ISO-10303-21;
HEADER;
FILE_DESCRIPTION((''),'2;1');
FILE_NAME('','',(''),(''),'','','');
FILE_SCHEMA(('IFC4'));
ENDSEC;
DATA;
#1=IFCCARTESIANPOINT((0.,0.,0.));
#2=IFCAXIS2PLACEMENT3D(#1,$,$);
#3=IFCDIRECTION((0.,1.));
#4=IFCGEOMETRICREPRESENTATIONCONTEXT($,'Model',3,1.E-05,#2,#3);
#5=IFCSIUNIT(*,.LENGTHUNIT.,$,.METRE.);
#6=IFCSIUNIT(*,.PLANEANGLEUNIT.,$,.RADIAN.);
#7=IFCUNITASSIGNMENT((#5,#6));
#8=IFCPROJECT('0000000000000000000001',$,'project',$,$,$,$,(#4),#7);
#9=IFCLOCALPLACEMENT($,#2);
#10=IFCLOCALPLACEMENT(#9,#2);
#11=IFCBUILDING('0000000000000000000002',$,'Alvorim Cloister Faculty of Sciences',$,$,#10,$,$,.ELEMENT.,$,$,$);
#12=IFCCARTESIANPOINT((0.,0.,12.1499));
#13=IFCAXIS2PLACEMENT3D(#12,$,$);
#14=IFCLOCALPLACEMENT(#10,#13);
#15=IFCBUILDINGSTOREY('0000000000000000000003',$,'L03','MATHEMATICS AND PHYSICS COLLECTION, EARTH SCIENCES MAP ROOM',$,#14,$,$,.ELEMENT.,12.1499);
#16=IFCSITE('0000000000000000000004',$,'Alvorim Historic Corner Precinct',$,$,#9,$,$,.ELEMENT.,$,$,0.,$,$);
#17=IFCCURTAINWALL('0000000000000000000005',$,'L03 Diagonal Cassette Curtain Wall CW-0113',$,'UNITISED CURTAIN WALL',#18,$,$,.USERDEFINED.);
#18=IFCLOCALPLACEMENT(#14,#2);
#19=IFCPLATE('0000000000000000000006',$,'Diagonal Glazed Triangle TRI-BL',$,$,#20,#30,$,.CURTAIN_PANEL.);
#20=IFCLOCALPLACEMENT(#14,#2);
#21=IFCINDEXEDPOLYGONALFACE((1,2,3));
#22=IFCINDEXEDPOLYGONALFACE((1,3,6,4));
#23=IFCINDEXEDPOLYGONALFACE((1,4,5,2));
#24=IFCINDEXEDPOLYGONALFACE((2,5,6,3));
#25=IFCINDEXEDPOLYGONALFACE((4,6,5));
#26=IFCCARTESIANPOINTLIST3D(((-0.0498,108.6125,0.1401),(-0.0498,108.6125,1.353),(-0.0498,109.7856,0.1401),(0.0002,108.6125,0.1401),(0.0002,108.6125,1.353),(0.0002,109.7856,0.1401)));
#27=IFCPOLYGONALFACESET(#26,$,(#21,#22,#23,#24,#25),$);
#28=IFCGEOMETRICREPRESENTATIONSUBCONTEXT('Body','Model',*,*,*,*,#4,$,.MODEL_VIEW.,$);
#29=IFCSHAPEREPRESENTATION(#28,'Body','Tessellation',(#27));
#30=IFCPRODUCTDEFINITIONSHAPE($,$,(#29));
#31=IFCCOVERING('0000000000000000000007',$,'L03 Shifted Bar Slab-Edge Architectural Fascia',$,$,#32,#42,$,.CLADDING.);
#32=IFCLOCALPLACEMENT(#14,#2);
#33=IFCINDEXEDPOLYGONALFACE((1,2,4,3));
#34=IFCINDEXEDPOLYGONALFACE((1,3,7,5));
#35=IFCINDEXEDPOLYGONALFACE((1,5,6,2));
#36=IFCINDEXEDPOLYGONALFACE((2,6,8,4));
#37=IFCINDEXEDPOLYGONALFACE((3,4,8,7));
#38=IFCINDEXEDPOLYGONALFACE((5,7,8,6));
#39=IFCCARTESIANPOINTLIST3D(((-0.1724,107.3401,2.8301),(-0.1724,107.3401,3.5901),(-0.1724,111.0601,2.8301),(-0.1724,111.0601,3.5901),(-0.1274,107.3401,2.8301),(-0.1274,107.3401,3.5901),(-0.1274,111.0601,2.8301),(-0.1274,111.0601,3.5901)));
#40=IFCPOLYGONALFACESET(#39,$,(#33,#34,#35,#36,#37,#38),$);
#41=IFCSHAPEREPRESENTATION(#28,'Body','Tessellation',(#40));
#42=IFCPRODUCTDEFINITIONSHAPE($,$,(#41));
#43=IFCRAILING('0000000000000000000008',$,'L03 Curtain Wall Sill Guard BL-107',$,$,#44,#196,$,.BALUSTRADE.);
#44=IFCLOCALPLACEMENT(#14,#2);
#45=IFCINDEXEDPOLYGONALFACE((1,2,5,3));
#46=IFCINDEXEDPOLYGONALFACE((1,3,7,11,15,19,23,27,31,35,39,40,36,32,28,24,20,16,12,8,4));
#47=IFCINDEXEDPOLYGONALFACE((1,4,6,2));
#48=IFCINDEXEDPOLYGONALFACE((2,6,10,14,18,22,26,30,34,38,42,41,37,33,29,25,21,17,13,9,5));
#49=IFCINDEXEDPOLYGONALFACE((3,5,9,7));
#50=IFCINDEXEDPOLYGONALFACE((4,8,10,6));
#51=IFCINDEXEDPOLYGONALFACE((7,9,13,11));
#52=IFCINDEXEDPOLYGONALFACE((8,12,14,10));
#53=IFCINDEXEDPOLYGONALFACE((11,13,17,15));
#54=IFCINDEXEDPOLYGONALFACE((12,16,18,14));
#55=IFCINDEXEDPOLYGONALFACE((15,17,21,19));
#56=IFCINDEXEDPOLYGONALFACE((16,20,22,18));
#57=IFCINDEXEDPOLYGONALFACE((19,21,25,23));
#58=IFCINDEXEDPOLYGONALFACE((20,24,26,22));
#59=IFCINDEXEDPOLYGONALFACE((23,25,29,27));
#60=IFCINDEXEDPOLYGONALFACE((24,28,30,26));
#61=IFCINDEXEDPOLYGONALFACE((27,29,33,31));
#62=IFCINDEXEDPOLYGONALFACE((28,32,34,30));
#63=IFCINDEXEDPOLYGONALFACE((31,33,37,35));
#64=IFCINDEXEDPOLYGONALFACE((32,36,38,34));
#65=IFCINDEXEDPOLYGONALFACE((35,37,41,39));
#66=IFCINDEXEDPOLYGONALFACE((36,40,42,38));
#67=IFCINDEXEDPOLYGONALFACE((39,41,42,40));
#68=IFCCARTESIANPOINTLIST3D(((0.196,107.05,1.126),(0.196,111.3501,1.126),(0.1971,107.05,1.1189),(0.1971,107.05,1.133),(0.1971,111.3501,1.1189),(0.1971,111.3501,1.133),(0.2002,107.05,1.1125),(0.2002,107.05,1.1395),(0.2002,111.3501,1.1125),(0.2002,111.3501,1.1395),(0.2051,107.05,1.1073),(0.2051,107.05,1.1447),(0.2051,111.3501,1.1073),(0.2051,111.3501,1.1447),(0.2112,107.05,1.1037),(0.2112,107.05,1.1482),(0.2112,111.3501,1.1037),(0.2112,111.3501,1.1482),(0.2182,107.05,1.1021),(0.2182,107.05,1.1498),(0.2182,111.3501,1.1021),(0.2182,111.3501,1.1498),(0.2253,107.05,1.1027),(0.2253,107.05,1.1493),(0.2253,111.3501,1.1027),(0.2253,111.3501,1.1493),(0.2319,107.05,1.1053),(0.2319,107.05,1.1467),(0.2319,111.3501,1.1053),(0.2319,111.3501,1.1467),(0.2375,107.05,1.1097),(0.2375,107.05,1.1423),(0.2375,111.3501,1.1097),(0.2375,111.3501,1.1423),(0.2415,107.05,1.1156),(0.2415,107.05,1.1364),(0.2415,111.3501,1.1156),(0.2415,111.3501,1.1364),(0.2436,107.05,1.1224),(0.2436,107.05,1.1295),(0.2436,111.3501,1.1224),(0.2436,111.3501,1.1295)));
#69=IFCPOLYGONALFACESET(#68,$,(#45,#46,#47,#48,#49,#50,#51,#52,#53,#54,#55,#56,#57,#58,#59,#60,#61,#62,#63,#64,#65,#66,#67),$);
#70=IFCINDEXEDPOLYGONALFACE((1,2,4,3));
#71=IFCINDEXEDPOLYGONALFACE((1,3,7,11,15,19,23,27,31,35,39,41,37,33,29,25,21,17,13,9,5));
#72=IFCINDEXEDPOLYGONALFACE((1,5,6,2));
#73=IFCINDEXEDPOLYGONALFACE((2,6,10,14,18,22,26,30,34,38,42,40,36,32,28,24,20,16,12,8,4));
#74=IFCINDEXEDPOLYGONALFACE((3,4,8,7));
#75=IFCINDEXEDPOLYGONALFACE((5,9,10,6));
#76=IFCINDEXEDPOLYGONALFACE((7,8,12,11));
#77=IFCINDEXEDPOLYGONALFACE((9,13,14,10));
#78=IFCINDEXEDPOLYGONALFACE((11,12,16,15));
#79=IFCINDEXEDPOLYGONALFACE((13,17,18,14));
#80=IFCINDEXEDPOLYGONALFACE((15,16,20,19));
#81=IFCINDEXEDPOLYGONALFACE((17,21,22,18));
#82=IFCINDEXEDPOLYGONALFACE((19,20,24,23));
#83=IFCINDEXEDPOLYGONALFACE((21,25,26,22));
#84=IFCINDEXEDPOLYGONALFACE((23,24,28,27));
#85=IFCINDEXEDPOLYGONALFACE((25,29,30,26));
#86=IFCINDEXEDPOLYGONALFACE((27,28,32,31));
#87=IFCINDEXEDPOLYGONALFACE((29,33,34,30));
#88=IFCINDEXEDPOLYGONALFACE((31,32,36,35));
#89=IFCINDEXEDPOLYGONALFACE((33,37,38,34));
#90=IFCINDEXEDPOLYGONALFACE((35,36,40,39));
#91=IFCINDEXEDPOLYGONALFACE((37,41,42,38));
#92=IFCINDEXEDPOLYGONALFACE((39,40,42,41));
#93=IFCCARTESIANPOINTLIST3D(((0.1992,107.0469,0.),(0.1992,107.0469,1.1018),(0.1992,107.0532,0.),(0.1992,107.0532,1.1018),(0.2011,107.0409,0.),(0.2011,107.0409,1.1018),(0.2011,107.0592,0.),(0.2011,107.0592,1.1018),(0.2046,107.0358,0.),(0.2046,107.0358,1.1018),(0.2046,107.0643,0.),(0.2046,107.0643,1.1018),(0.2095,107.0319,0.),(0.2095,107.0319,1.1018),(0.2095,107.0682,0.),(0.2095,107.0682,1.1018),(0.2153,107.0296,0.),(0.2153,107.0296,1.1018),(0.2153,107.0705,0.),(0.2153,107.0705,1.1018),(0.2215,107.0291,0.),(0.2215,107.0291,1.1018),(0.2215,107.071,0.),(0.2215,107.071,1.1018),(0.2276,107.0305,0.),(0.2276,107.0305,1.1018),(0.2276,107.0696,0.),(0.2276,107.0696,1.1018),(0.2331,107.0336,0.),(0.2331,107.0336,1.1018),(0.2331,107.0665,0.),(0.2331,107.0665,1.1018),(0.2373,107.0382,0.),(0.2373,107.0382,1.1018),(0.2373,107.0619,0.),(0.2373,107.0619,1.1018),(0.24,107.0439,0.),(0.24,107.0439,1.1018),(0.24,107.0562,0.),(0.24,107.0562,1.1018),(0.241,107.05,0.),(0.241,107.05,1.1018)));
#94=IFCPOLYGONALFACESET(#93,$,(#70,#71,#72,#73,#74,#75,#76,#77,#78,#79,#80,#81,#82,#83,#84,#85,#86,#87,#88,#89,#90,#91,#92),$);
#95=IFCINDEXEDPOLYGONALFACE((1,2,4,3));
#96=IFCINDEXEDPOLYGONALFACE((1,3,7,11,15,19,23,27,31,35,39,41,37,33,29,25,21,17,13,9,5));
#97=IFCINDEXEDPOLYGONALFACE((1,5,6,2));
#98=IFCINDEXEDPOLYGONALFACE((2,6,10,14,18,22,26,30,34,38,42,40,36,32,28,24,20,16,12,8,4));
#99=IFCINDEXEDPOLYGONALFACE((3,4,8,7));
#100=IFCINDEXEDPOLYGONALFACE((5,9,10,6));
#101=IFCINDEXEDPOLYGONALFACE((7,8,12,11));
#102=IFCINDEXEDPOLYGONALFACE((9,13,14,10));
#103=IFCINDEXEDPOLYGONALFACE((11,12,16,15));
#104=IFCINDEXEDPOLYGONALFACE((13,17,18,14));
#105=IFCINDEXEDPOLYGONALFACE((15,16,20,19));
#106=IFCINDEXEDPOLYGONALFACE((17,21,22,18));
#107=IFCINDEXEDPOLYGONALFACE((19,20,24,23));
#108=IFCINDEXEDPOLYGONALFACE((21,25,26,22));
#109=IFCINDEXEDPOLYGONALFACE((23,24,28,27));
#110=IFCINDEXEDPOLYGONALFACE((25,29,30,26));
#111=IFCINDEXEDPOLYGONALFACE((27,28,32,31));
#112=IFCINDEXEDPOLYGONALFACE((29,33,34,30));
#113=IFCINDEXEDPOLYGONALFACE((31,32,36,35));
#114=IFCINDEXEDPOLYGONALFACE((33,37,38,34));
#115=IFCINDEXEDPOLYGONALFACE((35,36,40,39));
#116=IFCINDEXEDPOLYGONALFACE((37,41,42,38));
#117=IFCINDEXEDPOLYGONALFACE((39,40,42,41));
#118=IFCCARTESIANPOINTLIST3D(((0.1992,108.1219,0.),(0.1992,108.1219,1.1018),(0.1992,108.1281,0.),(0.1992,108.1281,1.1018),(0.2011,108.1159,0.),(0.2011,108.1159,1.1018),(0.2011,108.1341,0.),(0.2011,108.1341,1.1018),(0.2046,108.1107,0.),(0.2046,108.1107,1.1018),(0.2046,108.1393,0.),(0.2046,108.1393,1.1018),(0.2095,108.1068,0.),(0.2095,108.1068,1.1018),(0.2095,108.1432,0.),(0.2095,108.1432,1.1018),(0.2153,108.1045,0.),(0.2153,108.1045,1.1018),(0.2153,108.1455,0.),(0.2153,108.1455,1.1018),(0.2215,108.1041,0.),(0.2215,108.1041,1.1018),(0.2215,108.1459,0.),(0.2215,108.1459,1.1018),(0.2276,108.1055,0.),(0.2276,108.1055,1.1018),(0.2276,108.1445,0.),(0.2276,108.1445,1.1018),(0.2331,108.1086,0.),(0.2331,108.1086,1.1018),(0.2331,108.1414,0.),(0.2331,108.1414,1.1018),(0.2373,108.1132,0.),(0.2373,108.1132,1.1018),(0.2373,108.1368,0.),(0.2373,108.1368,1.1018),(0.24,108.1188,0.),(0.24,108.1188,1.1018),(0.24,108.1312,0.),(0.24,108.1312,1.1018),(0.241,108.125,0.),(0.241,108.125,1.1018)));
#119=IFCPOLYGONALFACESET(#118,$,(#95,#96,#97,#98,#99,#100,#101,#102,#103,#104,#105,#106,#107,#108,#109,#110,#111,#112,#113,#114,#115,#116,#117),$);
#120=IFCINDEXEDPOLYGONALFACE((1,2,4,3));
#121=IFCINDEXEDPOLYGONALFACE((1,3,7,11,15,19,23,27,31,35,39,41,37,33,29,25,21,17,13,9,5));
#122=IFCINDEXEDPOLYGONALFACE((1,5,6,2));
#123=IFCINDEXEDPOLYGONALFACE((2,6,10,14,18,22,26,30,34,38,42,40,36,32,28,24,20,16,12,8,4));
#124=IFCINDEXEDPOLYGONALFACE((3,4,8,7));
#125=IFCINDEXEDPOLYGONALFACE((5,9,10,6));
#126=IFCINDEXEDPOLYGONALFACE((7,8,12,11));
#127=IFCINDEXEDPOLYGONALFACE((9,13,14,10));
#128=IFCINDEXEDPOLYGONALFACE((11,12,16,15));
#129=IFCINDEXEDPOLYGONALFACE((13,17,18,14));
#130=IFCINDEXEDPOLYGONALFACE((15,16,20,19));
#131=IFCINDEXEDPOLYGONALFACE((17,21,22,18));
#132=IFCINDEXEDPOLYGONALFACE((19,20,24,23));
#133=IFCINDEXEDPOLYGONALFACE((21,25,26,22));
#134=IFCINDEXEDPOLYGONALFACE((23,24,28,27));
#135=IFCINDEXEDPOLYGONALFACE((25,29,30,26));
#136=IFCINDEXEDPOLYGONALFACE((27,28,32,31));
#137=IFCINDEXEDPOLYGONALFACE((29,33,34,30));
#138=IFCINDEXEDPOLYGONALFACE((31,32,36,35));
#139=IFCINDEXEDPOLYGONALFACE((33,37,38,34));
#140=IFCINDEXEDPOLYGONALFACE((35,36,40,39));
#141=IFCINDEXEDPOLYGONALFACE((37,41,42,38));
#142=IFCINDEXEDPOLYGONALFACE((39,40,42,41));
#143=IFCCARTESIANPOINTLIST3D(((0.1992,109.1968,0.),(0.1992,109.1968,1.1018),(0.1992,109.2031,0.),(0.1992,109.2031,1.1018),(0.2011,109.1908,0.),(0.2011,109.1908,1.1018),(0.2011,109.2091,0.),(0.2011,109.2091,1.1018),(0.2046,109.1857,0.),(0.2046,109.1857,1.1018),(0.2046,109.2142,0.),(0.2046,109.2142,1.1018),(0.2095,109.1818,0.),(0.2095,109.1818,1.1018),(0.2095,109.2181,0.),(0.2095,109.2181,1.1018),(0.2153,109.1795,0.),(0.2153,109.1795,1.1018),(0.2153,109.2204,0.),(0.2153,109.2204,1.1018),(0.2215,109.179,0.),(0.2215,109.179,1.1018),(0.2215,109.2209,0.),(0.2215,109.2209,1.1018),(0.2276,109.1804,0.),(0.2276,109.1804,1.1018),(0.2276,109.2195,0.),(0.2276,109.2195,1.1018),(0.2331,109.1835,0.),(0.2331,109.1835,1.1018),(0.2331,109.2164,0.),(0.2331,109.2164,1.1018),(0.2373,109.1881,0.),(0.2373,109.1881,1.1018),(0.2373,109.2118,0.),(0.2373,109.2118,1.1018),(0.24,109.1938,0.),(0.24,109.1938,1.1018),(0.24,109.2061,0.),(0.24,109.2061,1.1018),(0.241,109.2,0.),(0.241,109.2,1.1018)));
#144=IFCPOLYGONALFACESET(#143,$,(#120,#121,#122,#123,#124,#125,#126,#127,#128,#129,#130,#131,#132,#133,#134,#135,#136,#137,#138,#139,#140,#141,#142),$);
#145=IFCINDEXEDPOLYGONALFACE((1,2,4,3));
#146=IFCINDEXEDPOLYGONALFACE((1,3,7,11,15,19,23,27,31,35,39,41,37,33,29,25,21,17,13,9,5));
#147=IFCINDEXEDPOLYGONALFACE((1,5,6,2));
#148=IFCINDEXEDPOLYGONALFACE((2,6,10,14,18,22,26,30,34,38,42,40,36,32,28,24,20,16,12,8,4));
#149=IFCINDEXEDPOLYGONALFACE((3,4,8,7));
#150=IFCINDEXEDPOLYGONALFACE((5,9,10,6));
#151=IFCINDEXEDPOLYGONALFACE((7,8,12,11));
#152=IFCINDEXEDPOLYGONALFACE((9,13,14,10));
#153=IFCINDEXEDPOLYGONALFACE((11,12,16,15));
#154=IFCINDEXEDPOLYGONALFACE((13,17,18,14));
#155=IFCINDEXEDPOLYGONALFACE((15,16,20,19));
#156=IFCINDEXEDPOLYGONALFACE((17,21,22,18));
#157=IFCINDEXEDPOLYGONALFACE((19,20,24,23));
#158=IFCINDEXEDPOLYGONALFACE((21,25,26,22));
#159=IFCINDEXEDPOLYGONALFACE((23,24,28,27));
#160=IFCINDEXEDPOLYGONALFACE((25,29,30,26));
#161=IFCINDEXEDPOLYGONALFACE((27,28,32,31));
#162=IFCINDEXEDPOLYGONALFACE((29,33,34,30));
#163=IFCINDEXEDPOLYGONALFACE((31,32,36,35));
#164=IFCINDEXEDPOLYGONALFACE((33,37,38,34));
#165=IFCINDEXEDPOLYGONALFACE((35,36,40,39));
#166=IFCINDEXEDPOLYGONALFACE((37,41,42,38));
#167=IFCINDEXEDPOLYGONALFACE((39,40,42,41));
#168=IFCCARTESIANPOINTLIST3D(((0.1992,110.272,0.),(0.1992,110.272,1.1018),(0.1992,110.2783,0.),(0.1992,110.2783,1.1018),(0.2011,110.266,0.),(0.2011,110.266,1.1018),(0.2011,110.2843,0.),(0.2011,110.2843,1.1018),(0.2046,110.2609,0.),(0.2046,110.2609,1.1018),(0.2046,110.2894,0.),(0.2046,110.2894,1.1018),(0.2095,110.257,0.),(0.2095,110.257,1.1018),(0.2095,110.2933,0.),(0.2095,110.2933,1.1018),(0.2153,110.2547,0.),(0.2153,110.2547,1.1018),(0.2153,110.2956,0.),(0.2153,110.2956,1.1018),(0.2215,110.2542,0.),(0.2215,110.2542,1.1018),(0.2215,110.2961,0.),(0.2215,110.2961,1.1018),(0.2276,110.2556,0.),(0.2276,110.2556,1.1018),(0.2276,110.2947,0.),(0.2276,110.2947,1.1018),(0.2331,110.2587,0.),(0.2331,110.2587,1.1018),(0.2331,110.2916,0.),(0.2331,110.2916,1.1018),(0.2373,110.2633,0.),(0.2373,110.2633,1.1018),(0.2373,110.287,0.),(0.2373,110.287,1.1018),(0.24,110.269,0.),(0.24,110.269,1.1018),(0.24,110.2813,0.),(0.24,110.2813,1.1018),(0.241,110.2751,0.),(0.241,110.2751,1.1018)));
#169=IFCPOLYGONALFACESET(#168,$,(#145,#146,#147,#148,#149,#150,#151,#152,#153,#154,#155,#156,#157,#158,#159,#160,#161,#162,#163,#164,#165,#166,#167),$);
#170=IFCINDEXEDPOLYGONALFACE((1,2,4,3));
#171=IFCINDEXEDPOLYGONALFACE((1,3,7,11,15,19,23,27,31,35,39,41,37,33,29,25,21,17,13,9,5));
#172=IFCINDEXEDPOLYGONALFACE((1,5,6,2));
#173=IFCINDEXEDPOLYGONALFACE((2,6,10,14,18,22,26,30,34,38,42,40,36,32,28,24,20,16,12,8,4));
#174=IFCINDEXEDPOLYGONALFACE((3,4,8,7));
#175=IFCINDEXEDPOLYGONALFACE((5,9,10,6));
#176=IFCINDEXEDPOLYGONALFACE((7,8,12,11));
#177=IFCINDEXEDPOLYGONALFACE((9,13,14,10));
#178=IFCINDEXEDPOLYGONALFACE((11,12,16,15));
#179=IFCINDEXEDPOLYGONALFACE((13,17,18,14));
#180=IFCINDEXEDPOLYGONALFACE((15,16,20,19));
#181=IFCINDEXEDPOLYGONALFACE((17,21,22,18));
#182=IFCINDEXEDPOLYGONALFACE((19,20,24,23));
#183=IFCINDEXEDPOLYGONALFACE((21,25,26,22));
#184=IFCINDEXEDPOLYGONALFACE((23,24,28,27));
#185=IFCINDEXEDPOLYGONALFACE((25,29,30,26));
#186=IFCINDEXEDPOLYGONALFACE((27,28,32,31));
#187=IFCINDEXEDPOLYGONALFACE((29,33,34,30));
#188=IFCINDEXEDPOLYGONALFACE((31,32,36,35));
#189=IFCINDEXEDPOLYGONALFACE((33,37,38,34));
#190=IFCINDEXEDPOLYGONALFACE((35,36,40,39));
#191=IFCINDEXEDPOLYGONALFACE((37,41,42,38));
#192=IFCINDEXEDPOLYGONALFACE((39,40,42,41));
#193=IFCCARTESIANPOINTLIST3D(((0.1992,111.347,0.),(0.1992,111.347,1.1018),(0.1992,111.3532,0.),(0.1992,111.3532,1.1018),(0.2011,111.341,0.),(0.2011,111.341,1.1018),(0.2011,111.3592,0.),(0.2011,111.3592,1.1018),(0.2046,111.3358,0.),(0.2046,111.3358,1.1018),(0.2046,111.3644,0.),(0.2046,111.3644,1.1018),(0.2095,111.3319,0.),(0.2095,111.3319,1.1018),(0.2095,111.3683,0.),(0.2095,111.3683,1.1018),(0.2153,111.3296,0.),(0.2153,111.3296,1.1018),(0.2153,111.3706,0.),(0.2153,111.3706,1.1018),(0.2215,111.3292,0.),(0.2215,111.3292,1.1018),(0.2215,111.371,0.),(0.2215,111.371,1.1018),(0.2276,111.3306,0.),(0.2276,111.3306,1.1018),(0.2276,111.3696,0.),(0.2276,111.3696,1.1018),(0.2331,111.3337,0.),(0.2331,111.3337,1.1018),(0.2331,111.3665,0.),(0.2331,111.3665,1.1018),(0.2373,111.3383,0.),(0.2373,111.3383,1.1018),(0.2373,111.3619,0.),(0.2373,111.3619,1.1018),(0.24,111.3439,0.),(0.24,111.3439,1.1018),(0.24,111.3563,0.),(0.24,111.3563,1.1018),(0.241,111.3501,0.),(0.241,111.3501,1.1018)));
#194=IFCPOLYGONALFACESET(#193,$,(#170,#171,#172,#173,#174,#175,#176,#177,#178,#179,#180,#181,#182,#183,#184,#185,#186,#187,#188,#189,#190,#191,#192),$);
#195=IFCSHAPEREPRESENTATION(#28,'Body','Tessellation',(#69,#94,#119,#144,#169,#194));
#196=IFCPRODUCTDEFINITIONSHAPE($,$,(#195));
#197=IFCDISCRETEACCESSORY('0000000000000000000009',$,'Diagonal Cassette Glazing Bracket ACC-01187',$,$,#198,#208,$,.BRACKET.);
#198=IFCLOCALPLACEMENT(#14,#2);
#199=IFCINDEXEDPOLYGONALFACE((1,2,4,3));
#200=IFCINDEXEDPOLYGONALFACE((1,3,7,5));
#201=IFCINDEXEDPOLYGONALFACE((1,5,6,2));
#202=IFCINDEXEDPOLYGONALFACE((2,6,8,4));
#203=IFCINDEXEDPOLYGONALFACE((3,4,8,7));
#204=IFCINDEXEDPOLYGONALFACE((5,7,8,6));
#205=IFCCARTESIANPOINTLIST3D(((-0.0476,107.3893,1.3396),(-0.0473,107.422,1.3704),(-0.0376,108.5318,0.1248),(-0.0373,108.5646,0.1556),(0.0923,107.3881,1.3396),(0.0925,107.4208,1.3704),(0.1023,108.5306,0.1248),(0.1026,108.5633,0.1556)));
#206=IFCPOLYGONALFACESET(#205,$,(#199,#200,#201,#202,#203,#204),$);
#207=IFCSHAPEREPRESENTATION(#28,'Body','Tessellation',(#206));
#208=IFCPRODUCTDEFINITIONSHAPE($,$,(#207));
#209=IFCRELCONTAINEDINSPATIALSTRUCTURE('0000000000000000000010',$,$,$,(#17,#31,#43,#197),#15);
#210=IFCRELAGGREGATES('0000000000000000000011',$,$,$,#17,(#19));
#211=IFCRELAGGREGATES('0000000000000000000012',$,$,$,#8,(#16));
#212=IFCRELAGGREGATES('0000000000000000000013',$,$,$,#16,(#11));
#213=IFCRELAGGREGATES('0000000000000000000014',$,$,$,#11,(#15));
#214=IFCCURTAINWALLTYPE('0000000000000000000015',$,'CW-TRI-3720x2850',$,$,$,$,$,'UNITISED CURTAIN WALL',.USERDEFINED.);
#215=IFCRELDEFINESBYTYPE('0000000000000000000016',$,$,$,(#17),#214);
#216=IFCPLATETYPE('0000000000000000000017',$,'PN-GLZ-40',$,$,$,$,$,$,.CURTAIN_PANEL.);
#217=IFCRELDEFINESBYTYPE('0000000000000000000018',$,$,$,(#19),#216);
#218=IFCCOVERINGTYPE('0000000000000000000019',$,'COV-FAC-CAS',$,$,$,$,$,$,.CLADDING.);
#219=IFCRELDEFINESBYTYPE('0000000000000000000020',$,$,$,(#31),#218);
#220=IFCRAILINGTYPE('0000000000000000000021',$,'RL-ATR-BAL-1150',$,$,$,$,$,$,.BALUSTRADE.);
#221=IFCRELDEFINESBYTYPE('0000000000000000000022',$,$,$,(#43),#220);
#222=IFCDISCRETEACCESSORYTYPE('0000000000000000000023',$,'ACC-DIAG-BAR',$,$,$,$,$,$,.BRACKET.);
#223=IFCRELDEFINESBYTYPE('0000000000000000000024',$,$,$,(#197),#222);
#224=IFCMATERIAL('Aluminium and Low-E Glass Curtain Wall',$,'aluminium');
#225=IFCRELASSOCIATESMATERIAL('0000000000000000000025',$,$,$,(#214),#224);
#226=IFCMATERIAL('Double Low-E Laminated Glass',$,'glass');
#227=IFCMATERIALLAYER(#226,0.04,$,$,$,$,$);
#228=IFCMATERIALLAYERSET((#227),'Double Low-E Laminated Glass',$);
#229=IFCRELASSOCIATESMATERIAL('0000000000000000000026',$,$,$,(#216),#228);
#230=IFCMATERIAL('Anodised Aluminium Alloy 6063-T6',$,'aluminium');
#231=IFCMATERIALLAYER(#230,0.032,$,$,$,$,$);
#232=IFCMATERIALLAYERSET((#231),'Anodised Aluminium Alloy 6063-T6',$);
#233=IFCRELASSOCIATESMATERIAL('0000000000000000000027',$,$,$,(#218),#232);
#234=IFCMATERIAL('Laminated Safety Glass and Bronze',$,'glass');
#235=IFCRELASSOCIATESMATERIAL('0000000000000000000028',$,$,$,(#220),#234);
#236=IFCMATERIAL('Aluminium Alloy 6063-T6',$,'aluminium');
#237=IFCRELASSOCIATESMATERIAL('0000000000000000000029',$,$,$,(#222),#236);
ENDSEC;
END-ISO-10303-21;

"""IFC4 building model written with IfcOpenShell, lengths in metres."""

from ifc_helpers import new_model, si_unit, direction, frame, origin, origin_2d, place, context, subcontext, project, spatial, polyline, rectangle, circle, outline, extrude, material, layer, layer_set, type_object, element, aggregate, save


model = new_model("IFC4")

# Units and contexts
model_context = context("Model", 3, precision=1e-05, world=origin(), true_north=direction((0.0, 1.0)))
body_context = subcontext(model_context, "Body", "Model", "MODEL_VIEW")
ifc_project = project(units=[si_unit("LENGTHUNIT", "METRE"), si_unit("PLANEANGLEUNIT", "RADIAN")], contexts=[model_context])

# Site, building, storey
site_placement = place(None, origin())
site = spatial("IfcSite", under=ifc_project, at=site_placement, Name="Alvorim Historic Corner Precinct", CompositionType="ELEMENT", RefElevation=0.0)
building_placement = place(site_placement, origin())
building = spatial("IfcBuilding", under=site, at=building_placement, Name="Alvorim Cloister Faculty of Sciences", CompositionType="ELEMENT")
storey_placement = place(building_placement, frame((0.0, 0.0, 12.1499)))
storey = spatial("IfcBuildingStorey", under=building, at=storey_placement, Name="L03", Description="MATHEMATICS AND PHYSICS COLLECTION, EARTH SCIENCES MAP ROOM", CompositionType="ELEMENT", Elevation=12.1499)

# Shared definitions
ifc_material_1 = material(Name="Aluminium and Low-E Glass Curtain Wall", Category="aluminium")
ifc_material_2 = material(Name="Aluminium Alloy 6063-T6", Category="aluminium")

# Curtain wall, plate
curtain_wall_type_1 = type_object("IfcCurtainWallType", Name="CW-TRI-3720x2850", ElementType="UNITISED CURTAIN WALL", PredefinedType="USERDEFINED", material=ifc_material_1)
curtain_wall_1_placement = place(storey_placement, origin())
curtain_wall_1 = element("IfcCurtainWall", 1, at=curtain_wall_1_placement, inside=storey, type_object=curtain_wall_type_1, Name="L03 Diagonal Cassette Curtain Wall CW-0113", ObjectType="UNITISED CURTAIN WALL", PredefinedType="USERDEFINED")
ifc_material_3 = material(Name="Double Low-E Laminated Glass", Category="glass")
ifc_layer_1 = layer(ifc_material_3, 0.04)
ifc_layer_set_1 = layer_set([ifc_layer_1], Name="Double Low-E Laminated Glass")
plate_type = type_object("IfcPlateType", Name="PN-GLZ-40", PredefinedType="CURTAIN_PANEL", material=ifc_layer_set_1)
plate_1_placement = place(storey_placement, frame((-0.0249, 108.6125, 0.1401), z_axis=(0.0, 0.0, 1.0), x_axis=(0.0, 1.0, 0.0)))
plate_1 = element("IfcPlate", 2, at=plate_1_placement, type_object=plate_type, Name="Diagonal Glazed Triangle TRI-BL", PredefinedType="CURTAIN_PANEL", context=body_context, shape_type="SweptSolid", body=[
    extrude(outline(polyline([(0.0, 0.0), (1.1731, 0.0), (0.0, 1.2129), (0.0, 0.0)])), frame((0.0, 0.0249, 0.0), z_axis=(0.0, -1.0, 0.0), x_axis=(1.0, 0.0, 0.0)), (0.0, 0.0, 1.0), 0.05),
])
aggregate(curtain_wall_1, [plate_1])

# Covering
ifc_material_4 = material(Name="Anodised Aluminium Alloy 6063-T6", Category="aluminium")
ifc_layer_2 = layer(ifc_material_4, 0.032)
ifc_layer_set_2 = layer_set([ifc_layer_2], Name="Anodised Aluminium Alloy 6063-T6")
covering_type = type_object("IfcCoveringType", Name="COV-FAC-CAS", PredefinedType="CLADDING", material=ifc_layer_set_2)
covering_placement = place(storey_placement, frame((-0.1499, 107.3401, 2.8301), z_axis=(0.0, 0.0, 1.0), x_axis=(0.0, 1.0, 0.0)))
element("IfcCovering", 3, at=covering_placement, inside=storey, type_object=covering_type, Name="L03 Shifted Bar Slab-Edge Architectural Fascia", PredefinedType="CLADDING", context=body_context, shape_type="SweptSolid", body=[
    extrude(outline(polyline([(0.0, 0.0), (3.72, 0.0), (3.72, 0.76), (0.0, 0.76), (0.0, 0.0)])), frame((0.0, 0.0225, 0.0), z_axis=(0.0, -1.0, 0.0), x_axis=(1.0, 0.0, 0.0)), (0.0, 0.0, 1.0), 0.0449),
])

# Railing
ifc_material_5 = material(Name="Laminated Safety Glass and Bronze", Category="glass")
railing_type = type_object("IfcRailingType", Name="RL-ATR-BAL-1150", PredefinedType="BALUSTRADE", material=ifc_material_5)
railing_placement = place(storey_placement, frame((0.22, 107.05, 0.0)))
element("IfcRailing", 4, at=railing_placement, inside=storey, type_object=railing_type, Name="L03 Curtain Wall Sill Guard BL-107", PredefinedType="BALUSTRADE", context=body_context, shape_type="SweptSolid", body=[
    extrude(circle(Radius=0.0239, at=origin_2d()), frame((0.0, 0.0, 1.126), z_axis=(0.0, 1.0, 0.0), x_axis=(-1.0, 0.0, 0.0)), (0.0, 0.0, 1.0), 4.3),
    extrude(circle(Radius=0.021, at=origin_2d()), origin(), (0.0, 0.0, 1.0), 1.1018),
    extrude(circle(Radius=0.021, at=origin_2d()), frame((0.0, 1.075, 0.0)), (0.0, 0.0, 1.0), 1.1018),
    extrude(circle(Radius=0.021, at=origin_2d()), frame((0.0, 2.1499, 0.0)), (0.0, 0.0, 1.0), 1.1018),
    extrude(circle(Radius=0.021, at=origin_2d()), frame((0.0, 3.2251, 0.0)), (0.0, 0.0, 1.0), 1.1018),
    extrude(circle(Radius=0.021, at=origin_2d()), frame((0.0, 4.3, 0.0)), (0.0, 0.0, 1.0), 1.1018),
])

# Discrete accessory
discrete_accessory_type = type_object("IfcDiscreteAccessoryType", Name="ACC-DIAG-BAR", PredefinedType="BRACKET", material=ifc_material_2)
discrete_accessory_1_placement = place(storey_placement, frame((0.0225, 107.405, 1.355), z_axis=(0.006002, 0.685097, -0.728427), x_axis=(-0.999962, 0.00876, 0.0)))
element("IfcDiscreteAccessory", 5, at=discrete_accessory_1_placement, inside=storey, type_object=discrete_accessory_type, Name="Diagonal Cassette Glazing Bracket ACC-01187", PredefinedType="BRACKET", context=body_context, shape_type="SweptSolid", body=[
    extrude(rectangle(XDim=0.1399, YDim=0.0449, at=origin_2d()), origin(), (0.0, 0.0, 1.0), 1.6677),
])

save(model, "model.ifc")
